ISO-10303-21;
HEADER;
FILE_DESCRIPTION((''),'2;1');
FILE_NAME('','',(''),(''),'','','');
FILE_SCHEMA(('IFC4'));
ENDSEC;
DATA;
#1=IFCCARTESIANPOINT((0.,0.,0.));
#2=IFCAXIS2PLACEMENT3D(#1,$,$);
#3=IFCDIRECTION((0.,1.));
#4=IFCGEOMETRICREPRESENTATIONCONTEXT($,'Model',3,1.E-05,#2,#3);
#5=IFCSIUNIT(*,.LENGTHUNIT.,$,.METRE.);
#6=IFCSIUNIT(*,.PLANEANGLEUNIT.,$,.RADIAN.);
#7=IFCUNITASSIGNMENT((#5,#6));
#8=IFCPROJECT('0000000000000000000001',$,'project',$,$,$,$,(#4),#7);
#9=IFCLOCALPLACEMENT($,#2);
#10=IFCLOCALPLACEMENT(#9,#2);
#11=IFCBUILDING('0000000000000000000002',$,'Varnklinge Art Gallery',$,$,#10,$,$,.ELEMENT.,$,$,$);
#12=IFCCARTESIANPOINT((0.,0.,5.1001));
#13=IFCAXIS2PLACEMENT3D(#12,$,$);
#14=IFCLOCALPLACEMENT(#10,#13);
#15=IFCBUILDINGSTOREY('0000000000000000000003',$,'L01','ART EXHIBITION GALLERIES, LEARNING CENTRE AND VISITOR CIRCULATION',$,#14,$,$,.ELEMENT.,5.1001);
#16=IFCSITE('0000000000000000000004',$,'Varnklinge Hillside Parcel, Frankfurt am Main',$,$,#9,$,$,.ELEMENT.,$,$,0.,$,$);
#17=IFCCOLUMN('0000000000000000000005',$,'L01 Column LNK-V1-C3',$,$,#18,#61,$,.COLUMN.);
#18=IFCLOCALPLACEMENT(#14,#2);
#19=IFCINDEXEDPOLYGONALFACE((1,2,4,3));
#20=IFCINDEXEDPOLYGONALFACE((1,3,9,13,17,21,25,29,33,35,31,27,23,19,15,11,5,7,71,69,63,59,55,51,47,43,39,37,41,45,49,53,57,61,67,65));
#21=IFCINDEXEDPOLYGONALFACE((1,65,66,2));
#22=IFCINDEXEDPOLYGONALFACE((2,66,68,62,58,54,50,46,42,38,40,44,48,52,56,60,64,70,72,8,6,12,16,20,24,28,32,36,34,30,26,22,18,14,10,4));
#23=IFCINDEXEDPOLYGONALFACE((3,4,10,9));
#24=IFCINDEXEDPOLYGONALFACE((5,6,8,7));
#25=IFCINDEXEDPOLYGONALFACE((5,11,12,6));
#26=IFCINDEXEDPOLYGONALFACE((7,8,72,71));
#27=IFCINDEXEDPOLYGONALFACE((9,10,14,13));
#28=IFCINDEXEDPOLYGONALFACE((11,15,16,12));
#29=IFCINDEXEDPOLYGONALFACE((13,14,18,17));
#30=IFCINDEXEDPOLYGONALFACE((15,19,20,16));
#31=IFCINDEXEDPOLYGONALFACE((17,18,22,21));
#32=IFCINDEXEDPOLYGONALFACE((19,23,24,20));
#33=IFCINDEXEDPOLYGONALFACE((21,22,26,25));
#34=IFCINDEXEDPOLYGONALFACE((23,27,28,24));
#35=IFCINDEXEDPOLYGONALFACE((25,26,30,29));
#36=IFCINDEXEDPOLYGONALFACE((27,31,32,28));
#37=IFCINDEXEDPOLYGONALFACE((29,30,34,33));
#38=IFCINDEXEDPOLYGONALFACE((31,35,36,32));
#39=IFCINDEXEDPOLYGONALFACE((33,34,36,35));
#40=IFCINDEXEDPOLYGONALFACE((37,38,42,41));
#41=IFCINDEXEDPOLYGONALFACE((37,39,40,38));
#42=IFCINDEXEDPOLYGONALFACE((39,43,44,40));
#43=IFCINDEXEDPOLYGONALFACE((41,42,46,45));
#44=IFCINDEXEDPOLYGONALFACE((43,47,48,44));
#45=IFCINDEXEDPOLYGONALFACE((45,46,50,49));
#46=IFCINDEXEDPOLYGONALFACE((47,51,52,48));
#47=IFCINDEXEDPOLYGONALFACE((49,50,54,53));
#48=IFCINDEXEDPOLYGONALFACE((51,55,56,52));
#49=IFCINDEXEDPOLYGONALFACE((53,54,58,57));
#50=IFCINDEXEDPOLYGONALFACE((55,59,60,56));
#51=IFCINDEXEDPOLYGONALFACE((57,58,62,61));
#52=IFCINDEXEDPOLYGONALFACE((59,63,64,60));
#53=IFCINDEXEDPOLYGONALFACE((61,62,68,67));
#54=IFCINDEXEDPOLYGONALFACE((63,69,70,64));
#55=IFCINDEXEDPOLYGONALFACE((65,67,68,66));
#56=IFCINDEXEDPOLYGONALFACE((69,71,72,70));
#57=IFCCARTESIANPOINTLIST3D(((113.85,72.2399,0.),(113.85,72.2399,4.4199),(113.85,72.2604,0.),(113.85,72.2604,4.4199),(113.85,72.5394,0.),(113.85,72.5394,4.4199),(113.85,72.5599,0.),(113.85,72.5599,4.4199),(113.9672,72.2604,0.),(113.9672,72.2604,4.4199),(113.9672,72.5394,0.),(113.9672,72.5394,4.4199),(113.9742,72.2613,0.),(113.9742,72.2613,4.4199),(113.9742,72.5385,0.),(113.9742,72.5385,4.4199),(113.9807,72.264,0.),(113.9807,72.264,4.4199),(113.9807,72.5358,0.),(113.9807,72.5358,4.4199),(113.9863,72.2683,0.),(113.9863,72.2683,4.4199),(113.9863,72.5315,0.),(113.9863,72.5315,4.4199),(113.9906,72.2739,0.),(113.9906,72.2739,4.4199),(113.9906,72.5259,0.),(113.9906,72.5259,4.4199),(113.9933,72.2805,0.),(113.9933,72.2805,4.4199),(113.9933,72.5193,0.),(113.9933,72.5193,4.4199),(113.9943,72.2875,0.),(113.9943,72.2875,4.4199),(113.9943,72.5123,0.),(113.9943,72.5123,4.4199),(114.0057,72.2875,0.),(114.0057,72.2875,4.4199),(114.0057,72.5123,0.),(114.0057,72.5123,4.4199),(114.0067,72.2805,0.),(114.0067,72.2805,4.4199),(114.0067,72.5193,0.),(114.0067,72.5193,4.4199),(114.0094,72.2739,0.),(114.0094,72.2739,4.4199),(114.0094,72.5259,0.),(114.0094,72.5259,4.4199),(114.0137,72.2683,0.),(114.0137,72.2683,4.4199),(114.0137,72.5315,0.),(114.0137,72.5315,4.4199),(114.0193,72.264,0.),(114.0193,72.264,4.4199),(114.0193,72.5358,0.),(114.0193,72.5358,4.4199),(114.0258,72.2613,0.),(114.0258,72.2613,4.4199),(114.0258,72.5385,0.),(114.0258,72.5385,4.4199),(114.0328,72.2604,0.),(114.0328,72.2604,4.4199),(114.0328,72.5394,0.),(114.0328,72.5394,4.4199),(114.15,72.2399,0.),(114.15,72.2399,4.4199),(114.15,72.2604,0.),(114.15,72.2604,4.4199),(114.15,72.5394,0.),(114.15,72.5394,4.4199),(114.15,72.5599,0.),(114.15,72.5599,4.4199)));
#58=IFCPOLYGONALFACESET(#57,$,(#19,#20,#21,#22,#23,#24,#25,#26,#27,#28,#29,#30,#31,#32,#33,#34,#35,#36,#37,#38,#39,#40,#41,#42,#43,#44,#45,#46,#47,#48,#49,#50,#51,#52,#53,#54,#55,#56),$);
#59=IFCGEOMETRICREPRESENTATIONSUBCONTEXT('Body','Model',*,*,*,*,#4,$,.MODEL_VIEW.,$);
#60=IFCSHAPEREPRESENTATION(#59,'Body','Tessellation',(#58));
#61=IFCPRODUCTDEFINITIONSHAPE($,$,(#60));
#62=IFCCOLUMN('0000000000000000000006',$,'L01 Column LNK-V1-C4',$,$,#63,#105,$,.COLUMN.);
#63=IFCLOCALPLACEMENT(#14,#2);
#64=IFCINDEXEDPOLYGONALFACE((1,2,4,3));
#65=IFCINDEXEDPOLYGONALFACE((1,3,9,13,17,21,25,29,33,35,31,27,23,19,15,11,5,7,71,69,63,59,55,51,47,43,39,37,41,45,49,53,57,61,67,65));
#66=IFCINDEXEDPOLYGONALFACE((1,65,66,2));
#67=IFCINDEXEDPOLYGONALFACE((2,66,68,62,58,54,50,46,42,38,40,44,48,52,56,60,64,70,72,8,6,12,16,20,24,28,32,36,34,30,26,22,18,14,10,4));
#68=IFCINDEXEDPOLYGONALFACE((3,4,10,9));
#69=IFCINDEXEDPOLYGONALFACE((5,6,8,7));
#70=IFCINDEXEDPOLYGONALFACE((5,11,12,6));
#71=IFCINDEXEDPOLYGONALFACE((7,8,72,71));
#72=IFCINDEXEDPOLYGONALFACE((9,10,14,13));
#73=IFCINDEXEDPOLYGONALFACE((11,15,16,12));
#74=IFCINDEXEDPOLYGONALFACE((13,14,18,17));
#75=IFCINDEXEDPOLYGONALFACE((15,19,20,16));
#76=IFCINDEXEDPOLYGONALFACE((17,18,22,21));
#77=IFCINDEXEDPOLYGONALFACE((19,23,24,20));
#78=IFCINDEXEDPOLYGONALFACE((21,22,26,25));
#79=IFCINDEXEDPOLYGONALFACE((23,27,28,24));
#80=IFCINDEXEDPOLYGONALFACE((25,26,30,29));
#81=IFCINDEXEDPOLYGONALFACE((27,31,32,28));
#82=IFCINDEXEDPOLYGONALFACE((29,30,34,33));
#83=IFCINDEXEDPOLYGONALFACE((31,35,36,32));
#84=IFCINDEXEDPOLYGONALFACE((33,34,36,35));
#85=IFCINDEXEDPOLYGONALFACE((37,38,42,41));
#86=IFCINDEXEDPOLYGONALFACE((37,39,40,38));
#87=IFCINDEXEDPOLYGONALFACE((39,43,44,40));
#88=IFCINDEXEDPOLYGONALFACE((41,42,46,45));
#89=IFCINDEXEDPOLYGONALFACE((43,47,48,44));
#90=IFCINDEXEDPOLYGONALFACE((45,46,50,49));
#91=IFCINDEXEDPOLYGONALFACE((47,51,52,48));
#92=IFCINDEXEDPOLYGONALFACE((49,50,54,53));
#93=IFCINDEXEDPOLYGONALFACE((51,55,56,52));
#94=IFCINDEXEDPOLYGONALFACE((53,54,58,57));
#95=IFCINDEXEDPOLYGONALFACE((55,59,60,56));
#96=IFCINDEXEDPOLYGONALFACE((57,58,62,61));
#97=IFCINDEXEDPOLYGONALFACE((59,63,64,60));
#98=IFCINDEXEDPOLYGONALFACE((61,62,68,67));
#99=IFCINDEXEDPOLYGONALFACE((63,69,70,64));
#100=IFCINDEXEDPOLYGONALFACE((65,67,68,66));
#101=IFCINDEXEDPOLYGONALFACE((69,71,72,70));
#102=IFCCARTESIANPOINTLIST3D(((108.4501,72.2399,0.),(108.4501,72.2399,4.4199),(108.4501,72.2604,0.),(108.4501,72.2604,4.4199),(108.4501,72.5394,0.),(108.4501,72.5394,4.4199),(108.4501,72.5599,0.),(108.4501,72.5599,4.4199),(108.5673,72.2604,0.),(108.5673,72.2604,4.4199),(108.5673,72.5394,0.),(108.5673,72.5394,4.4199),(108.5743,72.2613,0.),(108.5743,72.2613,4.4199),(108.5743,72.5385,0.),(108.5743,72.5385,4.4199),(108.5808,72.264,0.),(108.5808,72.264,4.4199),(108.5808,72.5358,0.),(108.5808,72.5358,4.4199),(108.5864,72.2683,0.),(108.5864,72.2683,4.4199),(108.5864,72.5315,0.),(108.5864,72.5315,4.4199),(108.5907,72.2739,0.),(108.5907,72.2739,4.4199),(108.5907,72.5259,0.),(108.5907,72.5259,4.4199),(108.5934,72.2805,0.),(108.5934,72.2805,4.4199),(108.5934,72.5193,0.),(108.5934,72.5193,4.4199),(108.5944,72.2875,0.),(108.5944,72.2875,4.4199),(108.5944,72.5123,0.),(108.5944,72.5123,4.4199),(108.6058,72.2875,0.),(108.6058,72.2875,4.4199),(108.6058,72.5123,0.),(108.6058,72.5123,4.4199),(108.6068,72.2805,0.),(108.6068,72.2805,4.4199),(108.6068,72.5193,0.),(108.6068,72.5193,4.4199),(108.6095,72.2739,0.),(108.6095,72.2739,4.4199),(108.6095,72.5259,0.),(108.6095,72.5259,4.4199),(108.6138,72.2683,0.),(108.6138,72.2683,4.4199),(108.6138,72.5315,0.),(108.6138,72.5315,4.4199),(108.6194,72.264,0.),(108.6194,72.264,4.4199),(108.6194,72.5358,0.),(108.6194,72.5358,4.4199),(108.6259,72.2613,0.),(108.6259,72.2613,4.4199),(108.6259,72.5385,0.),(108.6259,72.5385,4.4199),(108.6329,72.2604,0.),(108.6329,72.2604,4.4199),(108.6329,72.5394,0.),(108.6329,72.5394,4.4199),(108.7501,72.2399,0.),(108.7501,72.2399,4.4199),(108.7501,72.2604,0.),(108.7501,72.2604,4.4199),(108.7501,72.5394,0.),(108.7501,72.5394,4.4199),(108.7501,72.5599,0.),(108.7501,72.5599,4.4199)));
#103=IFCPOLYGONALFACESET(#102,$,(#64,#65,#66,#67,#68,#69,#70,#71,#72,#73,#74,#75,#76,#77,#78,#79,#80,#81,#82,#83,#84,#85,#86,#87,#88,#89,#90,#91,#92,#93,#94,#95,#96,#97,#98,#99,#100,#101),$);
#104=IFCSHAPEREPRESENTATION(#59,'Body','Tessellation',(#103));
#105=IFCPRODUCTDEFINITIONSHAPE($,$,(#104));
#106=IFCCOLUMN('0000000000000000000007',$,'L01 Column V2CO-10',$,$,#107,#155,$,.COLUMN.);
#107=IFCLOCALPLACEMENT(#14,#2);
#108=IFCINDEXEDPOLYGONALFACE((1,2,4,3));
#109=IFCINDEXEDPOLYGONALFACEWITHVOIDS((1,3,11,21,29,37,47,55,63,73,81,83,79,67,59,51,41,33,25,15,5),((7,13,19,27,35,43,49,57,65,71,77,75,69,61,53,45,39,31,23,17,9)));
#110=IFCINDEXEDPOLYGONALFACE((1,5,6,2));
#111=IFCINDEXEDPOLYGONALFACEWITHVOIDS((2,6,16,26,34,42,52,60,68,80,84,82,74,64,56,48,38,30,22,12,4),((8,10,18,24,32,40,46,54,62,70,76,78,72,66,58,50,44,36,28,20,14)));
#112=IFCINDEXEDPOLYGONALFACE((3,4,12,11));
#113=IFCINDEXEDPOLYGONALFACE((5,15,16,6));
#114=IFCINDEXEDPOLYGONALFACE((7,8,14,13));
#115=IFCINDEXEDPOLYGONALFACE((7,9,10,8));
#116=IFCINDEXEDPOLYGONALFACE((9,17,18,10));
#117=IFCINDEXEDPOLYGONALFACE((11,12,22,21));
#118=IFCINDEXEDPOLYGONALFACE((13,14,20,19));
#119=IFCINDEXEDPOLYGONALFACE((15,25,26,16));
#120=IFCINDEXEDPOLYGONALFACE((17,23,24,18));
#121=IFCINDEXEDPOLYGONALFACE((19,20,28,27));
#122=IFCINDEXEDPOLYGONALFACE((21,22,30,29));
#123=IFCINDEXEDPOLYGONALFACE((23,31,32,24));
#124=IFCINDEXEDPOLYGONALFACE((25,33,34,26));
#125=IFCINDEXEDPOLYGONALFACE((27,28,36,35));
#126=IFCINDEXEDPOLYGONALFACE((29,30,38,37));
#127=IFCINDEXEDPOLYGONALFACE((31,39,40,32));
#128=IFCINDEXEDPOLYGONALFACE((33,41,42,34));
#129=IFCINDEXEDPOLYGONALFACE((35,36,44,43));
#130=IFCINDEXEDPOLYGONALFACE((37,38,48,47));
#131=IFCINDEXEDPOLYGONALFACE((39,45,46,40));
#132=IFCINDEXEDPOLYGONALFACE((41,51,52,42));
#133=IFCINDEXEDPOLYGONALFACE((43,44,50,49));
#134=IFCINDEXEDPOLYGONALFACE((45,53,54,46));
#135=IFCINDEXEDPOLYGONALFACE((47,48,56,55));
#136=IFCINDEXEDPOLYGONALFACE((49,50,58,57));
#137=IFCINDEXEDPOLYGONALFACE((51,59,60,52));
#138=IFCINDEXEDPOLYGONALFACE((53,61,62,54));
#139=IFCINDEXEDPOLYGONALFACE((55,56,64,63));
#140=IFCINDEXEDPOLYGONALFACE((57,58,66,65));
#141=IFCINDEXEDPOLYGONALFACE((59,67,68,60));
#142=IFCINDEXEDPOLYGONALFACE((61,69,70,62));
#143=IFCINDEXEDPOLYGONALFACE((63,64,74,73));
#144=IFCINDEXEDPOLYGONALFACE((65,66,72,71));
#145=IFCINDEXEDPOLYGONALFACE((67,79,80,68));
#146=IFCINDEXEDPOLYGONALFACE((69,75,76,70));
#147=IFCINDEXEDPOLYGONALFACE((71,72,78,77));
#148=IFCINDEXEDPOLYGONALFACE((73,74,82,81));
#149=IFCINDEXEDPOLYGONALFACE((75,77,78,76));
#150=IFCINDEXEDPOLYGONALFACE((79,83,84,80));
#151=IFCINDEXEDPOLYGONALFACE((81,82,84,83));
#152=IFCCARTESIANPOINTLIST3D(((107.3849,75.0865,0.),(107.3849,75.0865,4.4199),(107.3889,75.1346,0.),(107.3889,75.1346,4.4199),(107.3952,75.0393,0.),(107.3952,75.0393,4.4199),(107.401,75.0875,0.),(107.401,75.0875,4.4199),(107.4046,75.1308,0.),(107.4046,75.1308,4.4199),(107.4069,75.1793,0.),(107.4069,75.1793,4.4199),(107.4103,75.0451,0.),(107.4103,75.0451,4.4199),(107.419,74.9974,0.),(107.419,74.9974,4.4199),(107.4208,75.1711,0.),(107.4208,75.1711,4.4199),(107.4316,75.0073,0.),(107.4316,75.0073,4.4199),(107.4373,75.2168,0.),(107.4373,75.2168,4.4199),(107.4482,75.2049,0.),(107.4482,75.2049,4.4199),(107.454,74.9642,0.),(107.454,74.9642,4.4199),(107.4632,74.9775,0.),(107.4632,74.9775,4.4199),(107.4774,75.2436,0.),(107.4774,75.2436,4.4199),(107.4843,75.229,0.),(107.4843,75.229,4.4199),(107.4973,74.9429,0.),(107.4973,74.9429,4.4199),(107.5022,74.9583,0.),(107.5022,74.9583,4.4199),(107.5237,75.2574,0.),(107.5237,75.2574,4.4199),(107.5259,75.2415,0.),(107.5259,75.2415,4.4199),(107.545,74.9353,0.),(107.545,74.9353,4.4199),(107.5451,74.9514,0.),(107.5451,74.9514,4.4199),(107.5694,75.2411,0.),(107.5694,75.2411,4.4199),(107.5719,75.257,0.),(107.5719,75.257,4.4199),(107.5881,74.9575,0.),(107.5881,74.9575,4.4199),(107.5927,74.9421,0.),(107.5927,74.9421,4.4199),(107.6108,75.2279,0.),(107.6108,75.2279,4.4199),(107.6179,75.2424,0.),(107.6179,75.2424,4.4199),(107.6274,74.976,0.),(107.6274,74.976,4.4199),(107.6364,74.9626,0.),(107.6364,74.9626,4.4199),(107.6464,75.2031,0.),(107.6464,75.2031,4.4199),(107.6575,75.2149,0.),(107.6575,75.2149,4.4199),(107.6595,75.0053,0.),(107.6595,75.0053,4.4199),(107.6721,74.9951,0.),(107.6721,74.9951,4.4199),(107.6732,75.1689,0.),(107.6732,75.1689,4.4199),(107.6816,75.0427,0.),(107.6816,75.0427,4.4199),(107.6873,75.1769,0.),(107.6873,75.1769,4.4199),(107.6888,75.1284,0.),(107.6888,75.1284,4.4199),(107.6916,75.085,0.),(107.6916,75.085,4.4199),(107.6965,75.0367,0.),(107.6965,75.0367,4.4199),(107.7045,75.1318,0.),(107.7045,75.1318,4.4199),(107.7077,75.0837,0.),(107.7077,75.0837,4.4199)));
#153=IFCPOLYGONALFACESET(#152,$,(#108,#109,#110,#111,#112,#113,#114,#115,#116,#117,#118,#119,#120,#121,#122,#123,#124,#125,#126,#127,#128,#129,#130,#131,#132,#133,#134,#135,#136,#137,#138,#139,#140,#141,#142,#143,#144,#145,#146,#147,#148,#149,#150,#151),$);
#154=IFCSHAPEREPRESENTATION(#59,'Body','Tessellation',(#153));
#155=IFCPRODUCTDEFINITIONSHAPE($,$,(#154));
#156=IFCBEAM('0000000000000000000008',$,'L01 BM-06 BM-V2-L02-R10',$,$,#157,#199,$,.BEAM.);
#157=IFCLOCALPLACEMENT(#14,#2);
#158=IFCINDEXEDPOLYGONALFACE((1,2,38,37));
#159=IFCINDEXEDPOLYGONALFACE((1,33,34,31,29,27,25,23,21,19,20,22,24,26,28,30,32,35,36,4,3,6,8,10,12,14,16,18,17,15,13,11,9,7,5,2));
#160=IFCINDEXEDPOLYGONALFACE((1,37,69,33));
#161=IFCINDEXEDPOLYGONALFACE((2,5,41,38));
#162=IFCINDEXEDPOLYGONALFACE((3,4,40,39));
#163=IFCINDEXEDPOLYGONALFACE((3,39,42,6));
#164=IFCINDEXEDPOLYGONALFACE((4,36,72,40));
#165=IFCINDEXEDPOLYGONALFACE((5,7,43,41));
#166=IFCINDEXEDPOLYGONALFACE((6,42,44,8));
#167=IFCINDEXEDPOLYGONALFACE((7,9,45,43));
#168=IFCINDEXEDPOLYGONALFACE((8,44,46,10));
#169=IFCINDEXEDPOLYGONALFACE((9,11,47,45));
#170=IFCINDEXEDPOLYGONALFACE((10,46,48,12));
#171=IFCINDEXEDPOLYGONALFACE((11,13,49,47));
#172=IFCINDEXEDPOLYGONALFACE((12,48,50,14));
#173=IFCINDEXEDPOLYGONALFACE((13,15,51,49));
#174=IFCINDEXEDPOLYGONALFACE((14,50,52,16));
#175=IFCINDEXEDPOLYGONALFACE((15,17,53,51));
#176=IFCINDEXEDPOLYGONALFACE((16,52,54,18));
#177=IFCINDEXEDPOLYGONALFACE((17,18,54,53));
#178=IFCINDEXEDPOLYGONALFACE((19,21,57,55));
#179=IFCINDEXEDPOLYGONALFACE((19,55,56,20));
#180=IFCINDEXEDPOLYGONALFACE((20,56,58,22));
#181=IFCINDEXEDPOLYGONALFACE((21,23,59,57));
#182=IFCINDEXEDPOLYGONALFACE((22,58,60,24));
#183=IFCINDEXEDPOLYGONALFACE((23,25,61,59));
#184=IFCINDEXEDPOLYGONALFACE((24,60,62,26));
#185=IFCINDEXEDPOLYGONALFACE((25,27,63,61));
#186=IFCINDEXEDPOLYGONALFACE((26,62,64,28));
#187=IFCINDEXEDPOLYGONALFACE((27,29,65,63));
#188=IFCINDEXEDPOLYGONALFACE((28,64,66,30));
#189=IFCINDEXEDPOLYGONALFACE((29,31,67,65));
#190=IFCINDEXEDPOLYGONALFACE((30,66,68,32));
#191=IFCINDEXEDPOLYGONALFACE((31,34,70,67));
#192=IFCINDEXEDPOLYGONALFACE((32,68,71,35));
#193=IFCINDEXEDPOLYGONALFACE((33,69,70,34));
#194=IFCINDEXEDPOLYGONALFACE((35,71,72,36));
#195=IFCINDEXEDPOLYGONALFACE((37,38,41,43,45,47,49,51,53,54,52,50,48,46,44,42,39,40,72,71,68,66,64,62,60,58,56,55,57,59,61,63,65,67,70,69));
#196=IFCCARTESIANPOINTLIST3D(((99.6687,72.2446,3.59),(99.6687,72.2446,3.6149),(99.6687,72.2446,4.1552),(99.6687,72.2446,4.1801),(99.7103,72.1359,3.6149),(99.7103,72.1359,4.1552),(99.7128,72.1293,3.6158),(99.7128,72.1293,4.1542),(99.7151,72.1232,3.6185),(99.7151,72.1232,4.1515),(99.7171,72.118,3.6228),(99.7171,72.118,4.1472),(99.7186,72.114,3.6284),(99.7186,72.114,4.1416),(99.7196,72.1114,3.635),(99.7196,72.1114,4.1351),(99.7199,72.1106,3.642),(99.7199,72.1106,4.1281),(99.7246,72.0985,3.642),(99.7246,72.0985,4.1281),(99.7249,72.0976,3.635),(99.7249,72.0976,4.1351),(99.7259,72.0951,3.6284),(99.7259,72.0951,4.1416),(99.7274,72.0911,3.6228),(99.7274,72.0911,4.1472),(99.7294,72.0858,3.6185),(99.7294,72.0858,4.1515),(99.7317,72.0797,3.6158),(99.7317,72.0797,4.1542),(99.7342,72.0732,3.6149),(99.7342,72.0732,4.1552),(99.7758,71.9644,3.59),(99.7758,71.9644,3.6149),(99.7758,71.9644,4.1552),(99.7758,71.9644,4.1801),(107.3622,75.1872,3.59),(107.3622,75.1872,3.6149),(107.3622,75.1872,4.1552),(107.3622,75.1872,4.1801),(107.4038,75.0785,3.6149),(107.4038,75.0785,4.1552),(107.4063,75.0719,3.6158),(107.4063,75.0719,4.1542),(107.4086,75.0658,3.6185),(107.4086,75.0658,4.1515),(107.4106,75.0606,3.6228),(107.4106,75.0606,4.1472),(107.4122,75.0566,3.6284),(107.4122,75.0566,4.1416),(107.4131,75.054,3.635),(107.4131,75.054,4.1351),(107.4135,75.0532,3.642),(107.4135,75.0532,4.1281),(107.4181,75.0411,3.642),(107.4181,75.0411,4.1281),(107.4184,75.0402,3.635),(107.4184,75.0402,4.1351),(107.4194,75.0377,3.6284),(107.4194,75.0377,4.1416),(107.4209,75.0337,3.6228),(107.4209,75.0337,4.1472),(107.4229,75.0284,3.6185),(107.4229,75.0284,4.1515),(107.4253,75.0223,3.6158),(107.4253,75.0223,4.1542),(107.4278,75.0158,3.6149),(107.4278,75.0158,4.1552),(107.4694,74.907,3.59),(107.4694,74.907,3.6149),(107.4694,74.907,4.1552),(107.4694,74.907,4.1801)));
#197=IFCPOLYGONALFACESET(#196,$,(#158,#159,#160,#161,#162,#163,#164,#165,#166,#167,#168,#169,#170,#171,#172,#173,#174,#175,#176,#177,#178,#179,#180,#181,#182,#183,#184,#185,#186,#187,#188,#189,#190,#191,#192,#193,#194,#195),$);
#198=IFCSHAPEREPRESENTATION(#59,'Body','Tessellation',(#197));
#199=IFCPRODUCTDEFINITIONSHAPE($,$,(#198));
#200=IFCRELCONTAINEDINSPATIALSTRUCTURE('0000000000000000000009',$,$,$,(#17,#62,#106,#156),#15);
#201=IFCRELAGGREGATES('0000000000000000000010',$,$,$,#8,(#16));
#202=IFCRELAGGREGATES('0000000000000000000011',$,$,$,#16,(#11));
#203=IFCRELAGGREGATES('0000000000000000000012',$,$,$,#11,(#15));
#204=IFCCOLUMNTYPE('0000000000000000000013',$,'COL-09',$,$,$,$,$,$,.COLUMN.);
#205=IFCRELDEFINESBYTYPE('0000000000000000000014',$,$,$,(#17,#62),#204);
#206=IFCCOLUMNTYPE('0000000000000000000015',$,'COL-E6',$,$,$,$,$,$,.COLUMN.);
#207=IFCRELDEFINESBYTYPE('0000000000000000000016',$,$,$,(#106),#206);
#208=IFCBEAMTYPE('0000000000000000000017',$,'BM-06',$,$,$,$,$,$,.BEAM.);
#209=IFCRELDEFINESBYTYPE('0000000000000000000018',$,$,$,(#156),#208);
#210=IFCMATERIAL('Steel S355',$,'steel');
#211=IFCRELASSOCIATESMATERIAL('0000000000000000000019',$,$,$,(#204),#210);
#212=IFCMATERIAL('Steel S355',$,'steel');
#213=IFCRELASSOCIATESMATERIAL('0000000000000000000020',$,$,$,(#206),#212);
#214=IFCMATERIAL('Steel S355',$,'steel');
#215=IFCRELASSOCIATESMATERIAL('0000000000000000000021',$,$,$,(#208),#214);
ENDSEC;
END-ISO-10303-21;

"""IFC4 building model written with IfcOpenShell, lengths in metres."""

from ifc_helpers import new_model, si_unit, direction, frame, origin, origin_2d, place, context, subcontext, project, spatial, hollow_circle, i_section, extrude, material, material_profile, profile_set, type_object, element, save


model = new_model("IFC4")

# Units and contexts
model_context = context("Model", 3, precision=1e-05, world=origin(), true_north=direction((0.0, 1.0)))
body_context = subcontext(model_context, "Body", "Model", "MODEL_VIEW")
ifc_project = project(units=[si_unit("LENGTHUNIT", "METRE"), si_unit("PLANEANGLEUNIT", "RADIAN")], contexts=[model_context])

# Site, building, storey
site_placement = place(None, origin())
site = spatial("IfcSite", under=ifc_project, at=site_placement, Name="Varnklinge Hillside Parcel, Frankfurt am Main", CompositionType="ELEMENT", RefElevation=0.0)
building_placement = place(site_placement, origin())
building = spatial("IfcBuilding", under=site, at=building_placement, Name="Varnklinge Art Gallery", CompositionType="ELEMENT")
storey_placement = place(building_placement, frame((0.0, 0.0, 5.1001)))
storey = spatial("IfcBuildingStorey", under=building, at=storey_placement, Name="L01", Description="ART EXHIBITION GALLERIES, LEARNING CENTRE AND VISITOR CIRCULATION", CompositionType="ELEMENT", Elevation=5.1001)

# Columns
ifc_material_1 = material(Name="Steel S355", Category="steel")
ifc_material_profile_1 = material_profile(ifc_material_1, i_section(OverallWidth=0.3, OverallDepth=0.3201, WebThickness=0.0115, FlangeThickness=0.0205, FilletRadius=0.0271, at=origin_2d()), Name="HEB 320")
ifc_profile_set_1 = profile_set([ifc_material_profile_1], Name="Steel S355")
column_type_1 = type_object("IfcColumnType", Name="COL-09", PredefinedType="COLUMN", material=ifc_profile_set_1)
for number, where, z_axis, x_axis, name in (
    (1, (114.0, 72.3999, 0.0), (0.0, 0.0, 1.0), (1.0, 0.0, 0.0), "L01 Column LNK-V1-C3"),
    (2, (108.6001, 72.3999, 0.0), (0.0, 0.0, 1.0), (1.0, 0.0, 0.0), "L01 Column LNK-V1-C4"),
):
    element("IfcColumn", number, at=place(storey_placement, frame(where, z_axis=z_axis, x_axis=x_axis)), inside=storey, type_object=column_type_1, Name=name, PredefinedType="COLUMN", context=body_context, shape_type="SweptSolid", body=[
        extrude(i_section(OverallWidth=0.3, OverallDepth=0.3201, WebThickness=0.0115, FlangeThickness=0.0205, FilletRadius=0.0271, at=origin_2d()), origin(), (0.0, 0.0, 1.0), 4.4199),
    ])
ifc_material_2 = material(Name="Steel S355", Category="steel")
ifc_material_profile_2 = material_profile(ifc_material_2, hollow_circle(Radius=0.1619, WallThickness=0.0161, at=origin_2d()), Name="CHS 323.9x16")
ifc_profile_set_2 = profile_set([ifc_material_profile_2], Name="Steel S355")
column_type_2 = type_object("IfcColumnType", Name="COL-E6", PredefinedType="COLUMN", material=ifc_profile_set_2)
column_placement = place(storey_placement, frame((107.5464, 75.0972, 0.0), z_axis=(0.0, 0.0, 1.0), x_axis=(-0.934018, -0.357227, 0.0)))
element("IfcColumn", 3, at=column_placement, inside=storey, type_object=column_type_2, Name="L01 Column V2CO-10", PredefinedType="COLUMN", context=body_context, shape_type="SweptSolid", body=[
    extrude(hollow_circle(Radius=0.1619, WallThickness=0.0161, at=origin_2d()), origin(), (0.0, 0.0, 1.0), 4.4199),
])

# Beam
ifc_material_3 = material(Name="Steel S355", Category="steel")
ifc_material_profile_3 = material_profile(ifc_material_3, i_section(OverallWidth=0.3, OverallDepth=0.5901, WebThickness=0.0129, FlangeThickness=0.0249, FilletRadius=0.0271, at=origin_2d()), Name="HEA 600")
ifc_profile_set_3 = profile_set([ifc_material_profile_3], Name="Steel S355")
beam_type_1 = type_object("IfcBeamType", Name="BM-06", PredefinedType="BEAM", material=ifc_profile_set_3)
beam_1_placement = place(storey_placement, frame((107.4158, 75.0471, 3.885), z_axis=(-0.934013, -0.357239, 0.0), x_axis=(0.357239, -0.934013, 0.0)))
element("IfcBeam", 4, at=beam_1_placement, inside=storey, type_object=beam_type_1, Name="L01 BM-06 BM-V2-L02-R10", PredefinedType="BEAM", context=body_context, shape_type="SweptSolid", body=[
    extrude(i_section(OverallWidth=0.3, OverallDepth=0.5901, WebThickness=0.0129, FlangeThickness=0.0249, FilletRadius=0.0271, at=origin_2d()), origin(), (0.0, 0.0, 1.0), 8.2371),
])

save(model, "model.ifc")
